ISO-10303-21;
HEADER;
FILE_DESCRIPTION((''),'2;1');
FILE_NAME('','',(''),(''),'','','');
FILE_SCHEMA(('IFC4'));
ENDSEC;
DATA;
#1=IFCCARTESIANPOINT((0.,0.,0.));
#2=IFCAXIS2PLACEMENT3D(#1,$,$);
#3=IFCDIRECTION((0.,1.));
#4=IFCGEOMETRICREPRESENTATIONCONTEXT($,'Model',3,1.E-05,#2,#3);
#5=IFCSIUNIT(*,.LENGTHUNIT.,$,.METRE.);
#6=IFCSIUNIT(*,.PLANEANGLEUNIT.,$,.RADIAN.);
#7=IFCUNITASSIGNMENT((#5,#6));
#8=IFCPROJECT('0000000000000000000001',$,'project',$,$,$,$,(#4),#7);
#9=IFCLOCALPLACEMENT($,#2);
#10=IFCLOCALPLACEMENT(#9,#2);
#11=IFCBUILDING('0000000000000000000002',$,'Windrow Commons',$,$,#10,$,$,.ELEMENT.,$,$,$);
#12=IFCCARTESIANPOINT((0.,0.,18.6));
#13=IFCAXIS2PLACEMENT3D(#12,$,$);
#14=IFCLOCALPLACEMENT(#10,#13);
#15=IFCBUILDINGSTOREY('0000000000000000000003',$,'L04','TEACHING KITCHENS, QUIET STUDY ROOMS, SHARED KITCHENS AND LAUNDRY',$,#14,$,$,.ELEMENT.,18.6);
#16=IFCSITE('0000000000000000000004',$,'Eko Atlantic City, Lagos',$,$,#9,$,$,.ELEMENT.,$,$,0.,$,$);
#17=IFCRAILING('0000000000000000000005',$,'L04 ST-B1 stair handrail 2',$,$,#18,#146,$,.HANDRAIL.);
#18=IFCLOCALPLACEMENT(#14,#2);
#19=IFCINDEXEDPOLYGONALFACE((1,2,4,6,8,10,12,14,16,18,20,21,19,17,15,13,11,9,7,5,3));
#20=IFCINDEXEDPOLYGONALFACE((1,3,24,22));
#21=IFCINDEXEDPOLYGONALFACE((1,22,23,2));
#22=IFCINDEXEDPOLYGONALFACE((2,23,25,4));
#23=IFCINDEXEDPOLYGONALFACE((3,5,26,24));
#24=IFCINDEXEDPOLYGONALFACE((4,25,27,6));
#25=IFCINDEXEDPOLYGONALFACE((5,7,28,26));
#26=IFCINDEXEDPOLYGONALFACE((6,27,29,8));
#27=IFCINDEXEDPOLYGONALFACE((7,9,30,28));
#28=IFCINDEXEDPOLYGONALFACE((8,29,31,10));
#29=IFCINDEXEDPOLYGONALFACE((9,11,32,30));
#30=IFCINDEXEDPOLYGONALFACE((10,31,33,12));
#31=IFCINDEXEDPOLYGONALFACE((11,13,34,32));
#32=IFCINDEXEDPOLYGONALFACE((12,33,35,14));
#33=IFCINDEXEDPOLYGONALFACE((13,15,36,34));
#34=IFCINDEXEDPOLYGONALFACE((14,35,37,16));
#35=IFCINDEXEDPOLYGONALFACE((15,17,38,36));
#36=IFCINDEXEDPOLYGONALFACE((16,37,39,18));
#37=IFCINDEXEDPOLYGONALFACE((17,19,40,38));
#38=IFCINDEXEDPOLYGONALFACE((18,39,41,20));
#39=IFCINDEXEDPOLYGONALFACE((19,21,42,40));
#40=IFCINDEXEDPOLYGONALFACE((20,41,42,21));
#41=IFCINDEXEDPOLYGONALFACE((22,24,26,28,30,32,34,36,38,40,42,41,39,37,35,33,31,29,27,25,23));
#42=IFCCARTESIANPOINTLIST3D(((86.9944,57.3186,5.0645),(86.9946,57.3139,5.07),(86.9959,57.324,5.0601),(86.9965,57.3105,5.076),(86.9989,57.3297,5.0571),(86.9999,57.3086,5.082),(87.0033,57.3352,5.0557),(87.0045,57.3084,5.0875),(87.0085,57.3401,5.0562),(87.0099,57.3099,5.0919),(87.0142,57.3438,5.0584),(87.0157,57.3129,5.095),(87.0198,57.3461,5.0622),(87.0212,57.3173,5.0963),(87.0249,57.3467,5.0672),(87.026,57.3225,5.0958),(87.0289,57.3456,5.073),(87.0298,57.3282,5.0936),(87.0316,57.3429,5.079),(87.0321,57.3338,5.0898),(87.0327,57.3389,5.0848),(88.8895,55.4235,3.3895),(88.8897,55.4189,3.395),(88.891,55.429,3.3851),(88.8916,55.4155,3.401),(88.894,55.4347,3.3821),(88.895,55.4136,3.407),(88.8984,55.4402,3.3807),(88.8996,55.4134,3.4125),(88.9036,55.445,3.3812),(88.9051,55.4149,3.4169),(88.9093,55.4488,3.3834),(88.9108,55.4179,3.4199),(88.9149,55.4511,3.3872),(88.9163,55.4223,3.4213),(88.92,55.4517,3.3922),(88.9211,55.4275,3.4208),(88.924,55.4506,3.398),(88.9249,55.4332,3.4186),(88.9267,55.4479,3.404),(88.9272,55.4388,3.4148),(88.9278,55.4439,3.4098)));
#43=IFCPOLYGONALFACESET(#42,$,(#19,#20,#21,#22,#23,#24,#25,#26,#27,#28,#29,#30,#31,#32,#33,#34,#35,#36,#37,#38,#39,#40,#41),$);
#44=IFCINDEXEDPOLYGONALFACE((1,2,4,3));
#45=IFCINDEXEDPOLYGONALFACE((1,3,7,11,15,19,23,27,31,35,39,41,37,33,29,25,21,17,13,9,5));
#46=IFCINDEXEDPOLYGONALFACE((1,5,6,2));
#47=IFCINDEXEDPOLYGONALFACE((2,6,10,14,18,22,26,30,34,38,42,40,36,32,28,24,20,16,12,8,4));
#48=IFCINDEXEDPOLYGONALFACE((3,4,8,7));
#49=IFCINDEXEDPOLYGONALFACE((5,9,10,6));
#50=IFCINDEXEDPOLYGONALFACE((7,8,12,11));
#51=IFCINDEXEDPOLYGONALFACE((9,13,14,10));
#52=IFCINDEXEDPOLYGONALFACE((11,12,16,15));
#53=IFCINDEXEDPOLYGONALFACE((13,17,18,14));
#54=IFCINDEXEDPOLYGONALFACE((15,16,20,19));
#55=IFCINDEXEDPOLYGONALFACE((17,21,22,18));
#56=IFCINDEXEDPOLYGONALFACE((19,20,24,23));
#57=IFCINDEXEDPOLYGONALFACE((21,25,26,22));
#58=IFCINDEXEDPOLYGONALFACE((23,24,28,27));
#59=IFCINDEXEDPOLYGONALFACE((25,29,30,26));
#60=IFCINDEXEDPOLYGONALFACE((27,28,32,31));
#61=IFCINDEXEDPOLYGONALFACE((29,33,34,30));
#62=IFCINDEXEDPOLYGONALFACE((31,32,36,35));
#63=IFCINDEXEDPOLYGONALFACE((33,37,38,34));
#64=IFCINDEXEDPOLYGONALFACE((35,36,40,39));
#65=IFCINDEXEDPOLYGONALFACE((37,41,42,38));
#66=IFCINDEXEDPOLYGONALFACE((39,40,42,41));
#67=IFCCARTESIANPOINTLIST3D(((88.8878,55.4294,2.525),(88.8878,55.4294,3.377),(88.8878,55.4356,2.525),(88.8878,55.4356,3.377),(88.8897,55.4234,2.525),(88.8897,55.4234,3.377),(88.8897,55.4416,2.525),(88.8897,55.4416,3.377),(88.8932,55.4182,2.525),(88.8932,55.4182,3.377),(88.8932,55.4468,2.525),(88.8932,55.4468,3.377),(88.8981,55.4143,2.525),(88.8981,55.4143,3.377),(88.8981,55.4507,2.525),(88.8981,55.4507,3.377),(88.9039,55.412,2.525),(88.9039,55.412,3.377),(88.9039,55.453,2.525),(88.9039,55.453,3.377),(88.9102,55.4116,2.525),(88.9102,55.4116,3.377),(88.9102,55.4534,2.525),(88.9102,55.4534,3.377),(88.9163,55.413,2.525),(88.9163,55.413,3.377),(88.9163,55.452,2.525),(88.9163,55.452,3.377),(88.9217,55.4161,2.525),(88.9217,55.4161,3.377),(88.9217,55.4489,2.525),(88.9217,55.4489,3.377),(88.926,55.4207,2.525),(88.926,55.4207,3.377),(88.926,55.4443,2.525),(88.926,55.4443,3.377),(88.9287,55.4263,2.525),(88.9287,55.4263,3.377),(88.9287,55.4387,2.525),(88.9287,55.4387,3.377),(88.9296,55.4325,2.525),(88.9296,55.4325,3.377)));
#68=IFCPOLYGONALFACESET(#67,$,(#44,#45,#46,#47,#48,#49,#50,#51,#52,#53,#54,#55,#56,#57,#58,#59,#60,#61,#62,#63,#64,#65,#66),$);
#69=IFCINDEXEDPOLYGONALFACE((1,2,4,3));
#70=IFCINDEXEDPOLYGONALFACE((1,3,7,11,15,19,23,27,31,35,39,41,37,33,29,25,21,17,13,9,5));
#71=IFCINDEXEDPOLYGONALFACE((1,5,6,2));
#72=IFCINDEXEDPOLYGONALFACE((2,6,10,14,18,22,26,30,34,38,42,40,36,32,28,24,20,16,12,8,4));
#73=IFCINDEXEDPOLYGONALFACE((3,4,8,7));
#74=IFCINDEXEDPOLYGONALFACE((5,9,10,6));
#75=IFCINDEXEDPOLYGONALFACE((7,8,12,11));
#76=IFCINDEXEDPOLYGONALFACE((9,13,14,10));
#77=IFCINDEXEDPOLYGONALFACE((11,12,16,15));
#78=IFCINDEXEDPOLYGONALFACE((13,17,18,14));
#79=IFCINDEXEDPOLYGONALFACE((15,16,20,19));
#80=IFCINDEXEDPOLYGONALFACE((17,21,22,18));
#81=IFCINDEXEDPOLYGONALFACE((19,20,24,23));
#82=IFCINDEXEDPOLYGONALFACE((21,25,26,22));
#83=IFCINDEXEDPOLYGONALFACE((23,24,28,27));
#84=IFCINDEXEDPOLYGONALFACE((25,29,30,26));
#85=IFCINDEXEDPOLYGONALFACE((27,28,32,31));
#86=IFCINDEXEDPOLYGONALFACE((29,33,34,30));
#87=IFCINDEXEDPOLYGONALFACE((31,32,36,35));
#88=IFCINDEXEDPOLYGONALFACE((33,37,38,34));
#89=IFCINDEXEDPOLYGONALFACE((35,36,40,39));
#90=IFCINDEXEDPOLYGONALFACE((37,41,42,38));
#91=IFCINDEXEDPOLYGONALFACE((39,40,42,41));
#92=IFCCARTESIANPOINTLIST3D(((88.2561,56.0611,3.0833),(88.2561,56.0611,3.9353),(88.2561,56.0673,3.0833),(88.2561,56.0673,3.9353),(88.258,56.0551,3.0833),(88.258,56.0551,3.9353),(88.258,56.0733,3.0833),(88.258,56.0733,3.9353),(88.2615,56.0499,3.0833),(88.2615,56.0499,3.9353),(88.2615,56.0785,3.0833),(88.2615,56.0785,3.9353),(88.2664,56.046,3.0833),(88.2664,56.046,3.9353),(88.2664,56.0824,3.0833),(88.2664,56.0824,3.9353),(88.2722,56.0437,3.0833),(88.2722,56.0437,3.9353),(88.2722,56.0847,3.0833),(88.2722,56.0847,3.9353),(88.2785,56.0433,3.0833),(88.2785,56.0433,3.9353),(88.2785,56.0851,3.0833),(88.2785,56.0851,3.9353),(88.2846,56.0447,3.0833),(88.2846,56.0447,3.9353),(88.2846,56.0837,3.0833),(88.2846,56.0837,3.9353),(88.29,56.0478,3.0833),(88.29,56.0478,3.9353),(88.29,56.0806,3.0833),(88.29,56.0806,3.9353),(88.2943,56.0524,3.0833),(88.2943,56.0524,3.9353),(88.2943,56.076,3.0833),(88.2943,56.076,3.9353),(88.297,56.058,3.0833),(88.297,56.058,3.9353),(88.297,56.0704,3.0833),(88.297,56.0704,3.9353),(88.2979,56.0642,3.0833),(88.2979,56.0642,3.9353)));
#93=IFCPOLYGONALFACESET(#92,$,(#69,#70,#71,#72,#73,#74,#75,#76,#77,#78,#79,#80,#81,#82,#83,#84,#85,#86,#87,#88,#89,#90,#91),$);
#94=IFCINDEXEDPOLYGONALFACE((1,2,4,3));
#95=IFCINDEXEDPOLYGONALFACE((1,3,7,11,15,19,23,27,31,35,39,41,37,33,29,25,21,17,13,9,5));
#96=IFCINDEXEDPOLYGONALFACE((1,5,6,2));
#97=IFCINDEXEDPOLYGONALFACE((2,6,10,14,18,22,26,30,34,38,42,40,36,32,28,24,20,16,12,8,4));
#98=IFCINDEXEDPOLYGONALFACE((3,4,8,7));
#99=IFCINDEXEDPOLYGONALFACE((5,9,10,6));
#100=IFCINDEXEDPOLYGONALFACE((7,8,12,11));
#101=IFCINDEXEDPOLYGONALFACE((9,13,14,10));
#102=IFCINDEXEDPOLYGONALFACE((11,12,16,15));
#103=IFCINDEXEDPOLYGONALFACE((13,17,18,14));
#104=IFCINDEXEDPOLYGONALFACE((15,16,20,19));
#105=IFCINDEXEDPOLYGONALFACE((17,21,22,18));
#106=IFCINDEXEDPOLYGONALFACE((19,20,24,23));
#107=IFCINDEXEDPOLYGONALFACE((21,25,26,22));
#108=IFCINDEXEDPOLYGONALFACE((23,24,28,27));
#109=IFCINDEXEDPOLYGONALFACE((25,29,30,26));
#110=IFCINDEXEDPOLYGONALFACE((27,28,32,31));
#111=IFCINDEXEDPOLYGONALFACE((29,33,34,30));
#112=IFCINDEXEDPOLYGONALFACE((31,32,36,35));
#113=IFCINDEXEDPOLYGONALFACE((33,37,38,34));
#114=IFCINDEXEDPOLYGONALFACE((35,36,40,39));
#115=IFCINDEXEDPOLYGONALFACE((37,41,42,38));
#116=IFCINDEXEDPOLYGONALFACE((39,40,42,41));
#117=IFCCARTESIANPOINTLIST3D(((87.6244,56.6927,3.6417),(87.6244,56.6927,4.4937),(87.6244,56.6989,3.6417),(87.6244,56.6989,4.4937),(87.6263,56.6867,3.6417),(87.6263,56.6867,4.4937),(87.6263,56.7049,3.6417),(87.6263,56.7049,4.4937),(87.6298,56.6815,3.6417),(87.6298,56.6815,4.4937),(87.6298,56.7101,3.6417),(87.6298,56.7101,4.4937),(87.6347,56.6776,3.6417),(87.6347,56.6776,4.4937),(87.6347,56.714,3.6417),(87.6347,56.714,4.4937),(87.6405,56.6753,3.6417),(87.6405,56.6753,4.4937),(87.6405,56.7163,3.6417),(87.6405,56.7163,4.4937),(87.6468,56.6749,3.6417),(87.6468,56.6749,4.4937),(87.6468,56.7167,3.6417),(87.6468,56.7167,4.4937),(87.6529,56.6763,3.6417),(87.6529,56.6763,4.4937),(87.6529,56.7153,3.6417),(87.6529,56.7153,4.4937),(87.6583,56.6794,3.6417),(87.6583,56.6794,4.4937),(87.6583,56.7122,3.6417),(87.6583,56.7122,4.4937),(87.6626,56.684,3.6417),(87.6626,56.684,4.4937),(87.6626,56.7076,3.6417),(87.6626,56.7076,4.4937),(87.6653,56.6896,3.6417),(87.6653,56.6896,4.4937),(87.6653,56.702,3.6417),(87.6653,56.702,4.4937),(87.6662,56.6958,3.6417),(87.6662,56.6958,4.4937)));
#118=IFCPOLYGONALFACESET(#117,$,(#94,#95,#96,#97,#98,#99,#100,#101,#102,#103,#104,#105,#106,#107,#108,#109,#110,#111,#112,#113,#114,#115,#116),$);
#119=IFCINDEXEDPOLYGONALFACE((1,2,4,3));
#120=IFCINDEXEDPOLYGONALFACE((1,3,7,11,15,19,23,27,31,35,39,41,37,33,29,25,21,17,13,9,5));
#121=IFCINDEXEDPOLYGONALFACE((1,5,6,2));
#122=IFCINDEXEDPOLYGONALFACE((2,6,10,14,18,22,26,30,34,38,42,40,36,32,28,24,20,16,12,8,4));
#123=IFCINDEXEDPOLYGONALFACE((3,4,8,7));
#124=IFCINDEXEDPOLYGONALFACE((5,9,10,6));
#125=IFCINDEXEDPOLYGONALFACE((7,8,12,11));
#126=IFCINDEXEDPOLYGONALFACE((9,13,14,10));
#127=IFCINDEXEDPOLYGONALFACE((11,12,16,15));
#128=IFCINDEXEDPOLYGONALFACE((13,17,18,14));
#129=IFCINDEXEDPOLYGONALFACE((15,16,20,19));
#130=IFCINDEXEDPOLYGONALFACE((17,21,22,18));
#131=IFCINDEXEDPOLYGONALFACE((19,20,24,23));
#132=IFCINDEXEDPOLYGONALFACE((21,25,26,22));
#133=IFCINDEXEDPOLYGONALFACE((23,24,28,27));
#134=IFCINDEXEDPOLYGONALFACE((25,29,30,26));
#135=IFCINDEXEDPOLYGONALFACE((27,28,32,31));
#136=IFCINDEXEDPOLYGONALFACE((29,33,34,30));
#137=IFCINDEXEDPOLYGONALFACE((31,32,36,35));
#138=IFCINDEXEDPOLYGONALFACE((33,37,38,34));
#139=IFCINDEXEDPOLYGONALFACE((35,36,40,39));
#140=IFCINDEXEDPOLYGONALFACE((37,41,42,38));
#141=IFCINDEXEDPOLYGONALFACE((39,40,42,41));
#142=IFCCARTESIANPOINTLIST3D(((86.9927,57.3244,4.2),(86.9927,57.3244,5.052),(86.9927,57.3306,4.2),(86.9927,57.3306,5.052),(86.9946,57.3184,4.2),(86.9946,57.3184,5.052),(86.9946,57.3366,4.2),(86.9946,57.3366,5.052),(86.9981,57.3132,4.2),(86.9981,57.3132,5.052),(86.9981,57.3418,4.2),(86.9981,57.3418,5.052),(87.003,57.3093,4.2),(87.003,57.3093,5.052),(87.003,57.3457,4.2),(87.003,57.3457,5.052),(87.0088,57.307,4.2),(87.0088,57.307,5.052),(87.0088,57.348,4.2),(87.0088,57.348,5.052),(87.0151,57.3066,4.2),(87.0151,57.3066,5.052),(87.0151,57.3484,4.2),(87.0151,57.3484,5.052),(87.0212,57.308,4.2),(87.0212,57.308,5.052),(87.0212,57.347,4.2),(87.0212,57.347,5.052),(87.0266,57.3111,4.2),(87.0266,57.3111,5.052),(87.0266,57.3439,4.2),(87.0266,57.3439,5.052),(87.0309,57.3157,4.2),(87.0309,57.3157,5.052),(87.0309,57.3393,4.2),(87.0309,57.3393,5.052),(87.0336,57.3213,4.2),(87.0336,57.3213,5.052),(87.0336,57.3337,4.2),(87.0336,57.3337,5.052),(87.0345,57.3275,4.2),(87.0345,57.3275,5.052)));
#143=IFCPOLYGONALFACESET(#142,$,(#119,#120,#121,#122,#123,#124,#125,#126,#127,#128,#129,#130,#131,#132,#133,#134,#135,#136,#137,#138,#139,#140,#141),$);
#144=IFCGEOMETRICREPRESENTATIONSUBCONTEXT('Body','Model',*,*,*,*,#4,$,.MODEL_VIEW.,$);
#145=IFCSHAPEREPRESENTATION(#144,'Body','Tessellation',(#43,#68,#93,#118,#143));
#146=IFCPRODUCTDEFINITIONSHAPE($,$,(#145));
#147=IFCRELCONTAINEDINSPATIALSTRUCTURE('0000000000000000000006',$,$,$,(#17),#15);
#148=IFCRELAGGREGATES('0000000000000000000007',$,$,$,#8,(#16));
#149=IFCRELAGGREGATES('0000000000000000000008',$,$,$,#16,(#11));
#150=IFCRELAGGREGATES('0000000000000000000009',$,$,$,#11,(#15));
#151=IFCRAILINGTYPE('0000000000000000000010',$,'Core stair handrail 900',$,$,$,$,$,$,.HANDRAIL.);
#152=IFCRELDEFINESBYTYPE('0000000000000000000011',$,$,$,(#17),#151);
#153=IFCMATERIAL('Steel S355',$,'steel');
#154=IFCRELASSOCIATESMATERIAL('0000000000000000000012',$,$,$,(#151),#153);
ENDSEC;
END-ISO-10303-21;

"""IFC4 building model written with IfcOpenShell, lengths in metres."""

from ifc_helpers import new_model, si_unit, direction, frame, origin, origin_2d, place, context, subcontext, project, spatial, circle, extrude, material, type_object, element, save


model = new_model("IFC4")

# Units and contexts
model_context = context("Model", 3, precision=1e-05, world=origin(), true_north=direction((0.0, 1.0)))
body_context = subcontext(model_context, "Body", "Model", "MODEL_VIEW")
ifc_project = project(units=[si_unit("LENGTHUNIT", "METRE"), si_unit("PLANEANGLEUNIT", "RADIAN")], contexts=[model_context])

# Site, building, storey
site_placement = place(None, origin())
site = spatial("IfcSite", under=ifc_project, at=site_placement, Name="Eko Atlantic City, Lagos", CompositionType="ELEMENT", RefElevation=0.0)
building_placement = place(site_placement, origin())
building = spatial("IfcBuilding", under=site, at=building_placement, Name="Windrow Commons", CompositionType="ELEMENT")
storey_placement = place(building_placement, frame((0.0, 0.0, 18.6)))
storey = spatial("IfcBuildingStorey", under=building, at=storey_placement, Name="L04", Description="TEACHING KITCHENS, QUIET STUDY ROOMS, SHARED KITCHENS AND LAUNDRY", CompositionType="ELEMENT", Elevation=18.6)

# Railing
ifc_material_1 = material(Name="Steel S355", Category="steel")
railing_type_1 = type_object("IfcRailingType", Name="Core stair handrail 900", PredefinedType="HANDRAIL", material=ifc_material_1)
for number, where, name in (
    (1, (88.9086, 55.4325, 2.525), "L04 ST-B1 stair handrail 2"),
):
    element("IfcRailing", number, at=place(storey_placement, frame(where)), inside=storey, type_object=railing_type_1, Name=name, PredefinedType="HANDRAIL", context=body_context, shape_type="SweptSolid", body=[
        extrude(circle(Radius=0.024, at=origin_2d()), frame((0.0, 0.0, 0.876), z_axis=(-0.599642, 0.59961, 0.529998), x_axis=(-0.707088, -0.707125, 0.0)), (0.0, 0.0, 1.0), 3.1604),
        extrude(circle(Radius=0.021, at=origin_2d()), origin(), (0.0, 0.0, 1.0), 0.852),
        extrude(circle(Radius=0.021, at=origin_2d()), frame((-0.6317, 0.6317, 0.5583)), (0.0, 0.0, 1.0), 0.852),
        extrude(circle(Radius=0.021, at=origin_2d()), frame((-1.2634, 1.2633, 1.1167)), (0.0, 0.0, 1.0), 0.852),
        extrude(circle(Radius=0.021, at=origin_2d()), frame((-1.8951, 1.895, 1.675)), (0.0, 0.0, 1.0), 0.852),
    ])

save(model, "model.ifc")
